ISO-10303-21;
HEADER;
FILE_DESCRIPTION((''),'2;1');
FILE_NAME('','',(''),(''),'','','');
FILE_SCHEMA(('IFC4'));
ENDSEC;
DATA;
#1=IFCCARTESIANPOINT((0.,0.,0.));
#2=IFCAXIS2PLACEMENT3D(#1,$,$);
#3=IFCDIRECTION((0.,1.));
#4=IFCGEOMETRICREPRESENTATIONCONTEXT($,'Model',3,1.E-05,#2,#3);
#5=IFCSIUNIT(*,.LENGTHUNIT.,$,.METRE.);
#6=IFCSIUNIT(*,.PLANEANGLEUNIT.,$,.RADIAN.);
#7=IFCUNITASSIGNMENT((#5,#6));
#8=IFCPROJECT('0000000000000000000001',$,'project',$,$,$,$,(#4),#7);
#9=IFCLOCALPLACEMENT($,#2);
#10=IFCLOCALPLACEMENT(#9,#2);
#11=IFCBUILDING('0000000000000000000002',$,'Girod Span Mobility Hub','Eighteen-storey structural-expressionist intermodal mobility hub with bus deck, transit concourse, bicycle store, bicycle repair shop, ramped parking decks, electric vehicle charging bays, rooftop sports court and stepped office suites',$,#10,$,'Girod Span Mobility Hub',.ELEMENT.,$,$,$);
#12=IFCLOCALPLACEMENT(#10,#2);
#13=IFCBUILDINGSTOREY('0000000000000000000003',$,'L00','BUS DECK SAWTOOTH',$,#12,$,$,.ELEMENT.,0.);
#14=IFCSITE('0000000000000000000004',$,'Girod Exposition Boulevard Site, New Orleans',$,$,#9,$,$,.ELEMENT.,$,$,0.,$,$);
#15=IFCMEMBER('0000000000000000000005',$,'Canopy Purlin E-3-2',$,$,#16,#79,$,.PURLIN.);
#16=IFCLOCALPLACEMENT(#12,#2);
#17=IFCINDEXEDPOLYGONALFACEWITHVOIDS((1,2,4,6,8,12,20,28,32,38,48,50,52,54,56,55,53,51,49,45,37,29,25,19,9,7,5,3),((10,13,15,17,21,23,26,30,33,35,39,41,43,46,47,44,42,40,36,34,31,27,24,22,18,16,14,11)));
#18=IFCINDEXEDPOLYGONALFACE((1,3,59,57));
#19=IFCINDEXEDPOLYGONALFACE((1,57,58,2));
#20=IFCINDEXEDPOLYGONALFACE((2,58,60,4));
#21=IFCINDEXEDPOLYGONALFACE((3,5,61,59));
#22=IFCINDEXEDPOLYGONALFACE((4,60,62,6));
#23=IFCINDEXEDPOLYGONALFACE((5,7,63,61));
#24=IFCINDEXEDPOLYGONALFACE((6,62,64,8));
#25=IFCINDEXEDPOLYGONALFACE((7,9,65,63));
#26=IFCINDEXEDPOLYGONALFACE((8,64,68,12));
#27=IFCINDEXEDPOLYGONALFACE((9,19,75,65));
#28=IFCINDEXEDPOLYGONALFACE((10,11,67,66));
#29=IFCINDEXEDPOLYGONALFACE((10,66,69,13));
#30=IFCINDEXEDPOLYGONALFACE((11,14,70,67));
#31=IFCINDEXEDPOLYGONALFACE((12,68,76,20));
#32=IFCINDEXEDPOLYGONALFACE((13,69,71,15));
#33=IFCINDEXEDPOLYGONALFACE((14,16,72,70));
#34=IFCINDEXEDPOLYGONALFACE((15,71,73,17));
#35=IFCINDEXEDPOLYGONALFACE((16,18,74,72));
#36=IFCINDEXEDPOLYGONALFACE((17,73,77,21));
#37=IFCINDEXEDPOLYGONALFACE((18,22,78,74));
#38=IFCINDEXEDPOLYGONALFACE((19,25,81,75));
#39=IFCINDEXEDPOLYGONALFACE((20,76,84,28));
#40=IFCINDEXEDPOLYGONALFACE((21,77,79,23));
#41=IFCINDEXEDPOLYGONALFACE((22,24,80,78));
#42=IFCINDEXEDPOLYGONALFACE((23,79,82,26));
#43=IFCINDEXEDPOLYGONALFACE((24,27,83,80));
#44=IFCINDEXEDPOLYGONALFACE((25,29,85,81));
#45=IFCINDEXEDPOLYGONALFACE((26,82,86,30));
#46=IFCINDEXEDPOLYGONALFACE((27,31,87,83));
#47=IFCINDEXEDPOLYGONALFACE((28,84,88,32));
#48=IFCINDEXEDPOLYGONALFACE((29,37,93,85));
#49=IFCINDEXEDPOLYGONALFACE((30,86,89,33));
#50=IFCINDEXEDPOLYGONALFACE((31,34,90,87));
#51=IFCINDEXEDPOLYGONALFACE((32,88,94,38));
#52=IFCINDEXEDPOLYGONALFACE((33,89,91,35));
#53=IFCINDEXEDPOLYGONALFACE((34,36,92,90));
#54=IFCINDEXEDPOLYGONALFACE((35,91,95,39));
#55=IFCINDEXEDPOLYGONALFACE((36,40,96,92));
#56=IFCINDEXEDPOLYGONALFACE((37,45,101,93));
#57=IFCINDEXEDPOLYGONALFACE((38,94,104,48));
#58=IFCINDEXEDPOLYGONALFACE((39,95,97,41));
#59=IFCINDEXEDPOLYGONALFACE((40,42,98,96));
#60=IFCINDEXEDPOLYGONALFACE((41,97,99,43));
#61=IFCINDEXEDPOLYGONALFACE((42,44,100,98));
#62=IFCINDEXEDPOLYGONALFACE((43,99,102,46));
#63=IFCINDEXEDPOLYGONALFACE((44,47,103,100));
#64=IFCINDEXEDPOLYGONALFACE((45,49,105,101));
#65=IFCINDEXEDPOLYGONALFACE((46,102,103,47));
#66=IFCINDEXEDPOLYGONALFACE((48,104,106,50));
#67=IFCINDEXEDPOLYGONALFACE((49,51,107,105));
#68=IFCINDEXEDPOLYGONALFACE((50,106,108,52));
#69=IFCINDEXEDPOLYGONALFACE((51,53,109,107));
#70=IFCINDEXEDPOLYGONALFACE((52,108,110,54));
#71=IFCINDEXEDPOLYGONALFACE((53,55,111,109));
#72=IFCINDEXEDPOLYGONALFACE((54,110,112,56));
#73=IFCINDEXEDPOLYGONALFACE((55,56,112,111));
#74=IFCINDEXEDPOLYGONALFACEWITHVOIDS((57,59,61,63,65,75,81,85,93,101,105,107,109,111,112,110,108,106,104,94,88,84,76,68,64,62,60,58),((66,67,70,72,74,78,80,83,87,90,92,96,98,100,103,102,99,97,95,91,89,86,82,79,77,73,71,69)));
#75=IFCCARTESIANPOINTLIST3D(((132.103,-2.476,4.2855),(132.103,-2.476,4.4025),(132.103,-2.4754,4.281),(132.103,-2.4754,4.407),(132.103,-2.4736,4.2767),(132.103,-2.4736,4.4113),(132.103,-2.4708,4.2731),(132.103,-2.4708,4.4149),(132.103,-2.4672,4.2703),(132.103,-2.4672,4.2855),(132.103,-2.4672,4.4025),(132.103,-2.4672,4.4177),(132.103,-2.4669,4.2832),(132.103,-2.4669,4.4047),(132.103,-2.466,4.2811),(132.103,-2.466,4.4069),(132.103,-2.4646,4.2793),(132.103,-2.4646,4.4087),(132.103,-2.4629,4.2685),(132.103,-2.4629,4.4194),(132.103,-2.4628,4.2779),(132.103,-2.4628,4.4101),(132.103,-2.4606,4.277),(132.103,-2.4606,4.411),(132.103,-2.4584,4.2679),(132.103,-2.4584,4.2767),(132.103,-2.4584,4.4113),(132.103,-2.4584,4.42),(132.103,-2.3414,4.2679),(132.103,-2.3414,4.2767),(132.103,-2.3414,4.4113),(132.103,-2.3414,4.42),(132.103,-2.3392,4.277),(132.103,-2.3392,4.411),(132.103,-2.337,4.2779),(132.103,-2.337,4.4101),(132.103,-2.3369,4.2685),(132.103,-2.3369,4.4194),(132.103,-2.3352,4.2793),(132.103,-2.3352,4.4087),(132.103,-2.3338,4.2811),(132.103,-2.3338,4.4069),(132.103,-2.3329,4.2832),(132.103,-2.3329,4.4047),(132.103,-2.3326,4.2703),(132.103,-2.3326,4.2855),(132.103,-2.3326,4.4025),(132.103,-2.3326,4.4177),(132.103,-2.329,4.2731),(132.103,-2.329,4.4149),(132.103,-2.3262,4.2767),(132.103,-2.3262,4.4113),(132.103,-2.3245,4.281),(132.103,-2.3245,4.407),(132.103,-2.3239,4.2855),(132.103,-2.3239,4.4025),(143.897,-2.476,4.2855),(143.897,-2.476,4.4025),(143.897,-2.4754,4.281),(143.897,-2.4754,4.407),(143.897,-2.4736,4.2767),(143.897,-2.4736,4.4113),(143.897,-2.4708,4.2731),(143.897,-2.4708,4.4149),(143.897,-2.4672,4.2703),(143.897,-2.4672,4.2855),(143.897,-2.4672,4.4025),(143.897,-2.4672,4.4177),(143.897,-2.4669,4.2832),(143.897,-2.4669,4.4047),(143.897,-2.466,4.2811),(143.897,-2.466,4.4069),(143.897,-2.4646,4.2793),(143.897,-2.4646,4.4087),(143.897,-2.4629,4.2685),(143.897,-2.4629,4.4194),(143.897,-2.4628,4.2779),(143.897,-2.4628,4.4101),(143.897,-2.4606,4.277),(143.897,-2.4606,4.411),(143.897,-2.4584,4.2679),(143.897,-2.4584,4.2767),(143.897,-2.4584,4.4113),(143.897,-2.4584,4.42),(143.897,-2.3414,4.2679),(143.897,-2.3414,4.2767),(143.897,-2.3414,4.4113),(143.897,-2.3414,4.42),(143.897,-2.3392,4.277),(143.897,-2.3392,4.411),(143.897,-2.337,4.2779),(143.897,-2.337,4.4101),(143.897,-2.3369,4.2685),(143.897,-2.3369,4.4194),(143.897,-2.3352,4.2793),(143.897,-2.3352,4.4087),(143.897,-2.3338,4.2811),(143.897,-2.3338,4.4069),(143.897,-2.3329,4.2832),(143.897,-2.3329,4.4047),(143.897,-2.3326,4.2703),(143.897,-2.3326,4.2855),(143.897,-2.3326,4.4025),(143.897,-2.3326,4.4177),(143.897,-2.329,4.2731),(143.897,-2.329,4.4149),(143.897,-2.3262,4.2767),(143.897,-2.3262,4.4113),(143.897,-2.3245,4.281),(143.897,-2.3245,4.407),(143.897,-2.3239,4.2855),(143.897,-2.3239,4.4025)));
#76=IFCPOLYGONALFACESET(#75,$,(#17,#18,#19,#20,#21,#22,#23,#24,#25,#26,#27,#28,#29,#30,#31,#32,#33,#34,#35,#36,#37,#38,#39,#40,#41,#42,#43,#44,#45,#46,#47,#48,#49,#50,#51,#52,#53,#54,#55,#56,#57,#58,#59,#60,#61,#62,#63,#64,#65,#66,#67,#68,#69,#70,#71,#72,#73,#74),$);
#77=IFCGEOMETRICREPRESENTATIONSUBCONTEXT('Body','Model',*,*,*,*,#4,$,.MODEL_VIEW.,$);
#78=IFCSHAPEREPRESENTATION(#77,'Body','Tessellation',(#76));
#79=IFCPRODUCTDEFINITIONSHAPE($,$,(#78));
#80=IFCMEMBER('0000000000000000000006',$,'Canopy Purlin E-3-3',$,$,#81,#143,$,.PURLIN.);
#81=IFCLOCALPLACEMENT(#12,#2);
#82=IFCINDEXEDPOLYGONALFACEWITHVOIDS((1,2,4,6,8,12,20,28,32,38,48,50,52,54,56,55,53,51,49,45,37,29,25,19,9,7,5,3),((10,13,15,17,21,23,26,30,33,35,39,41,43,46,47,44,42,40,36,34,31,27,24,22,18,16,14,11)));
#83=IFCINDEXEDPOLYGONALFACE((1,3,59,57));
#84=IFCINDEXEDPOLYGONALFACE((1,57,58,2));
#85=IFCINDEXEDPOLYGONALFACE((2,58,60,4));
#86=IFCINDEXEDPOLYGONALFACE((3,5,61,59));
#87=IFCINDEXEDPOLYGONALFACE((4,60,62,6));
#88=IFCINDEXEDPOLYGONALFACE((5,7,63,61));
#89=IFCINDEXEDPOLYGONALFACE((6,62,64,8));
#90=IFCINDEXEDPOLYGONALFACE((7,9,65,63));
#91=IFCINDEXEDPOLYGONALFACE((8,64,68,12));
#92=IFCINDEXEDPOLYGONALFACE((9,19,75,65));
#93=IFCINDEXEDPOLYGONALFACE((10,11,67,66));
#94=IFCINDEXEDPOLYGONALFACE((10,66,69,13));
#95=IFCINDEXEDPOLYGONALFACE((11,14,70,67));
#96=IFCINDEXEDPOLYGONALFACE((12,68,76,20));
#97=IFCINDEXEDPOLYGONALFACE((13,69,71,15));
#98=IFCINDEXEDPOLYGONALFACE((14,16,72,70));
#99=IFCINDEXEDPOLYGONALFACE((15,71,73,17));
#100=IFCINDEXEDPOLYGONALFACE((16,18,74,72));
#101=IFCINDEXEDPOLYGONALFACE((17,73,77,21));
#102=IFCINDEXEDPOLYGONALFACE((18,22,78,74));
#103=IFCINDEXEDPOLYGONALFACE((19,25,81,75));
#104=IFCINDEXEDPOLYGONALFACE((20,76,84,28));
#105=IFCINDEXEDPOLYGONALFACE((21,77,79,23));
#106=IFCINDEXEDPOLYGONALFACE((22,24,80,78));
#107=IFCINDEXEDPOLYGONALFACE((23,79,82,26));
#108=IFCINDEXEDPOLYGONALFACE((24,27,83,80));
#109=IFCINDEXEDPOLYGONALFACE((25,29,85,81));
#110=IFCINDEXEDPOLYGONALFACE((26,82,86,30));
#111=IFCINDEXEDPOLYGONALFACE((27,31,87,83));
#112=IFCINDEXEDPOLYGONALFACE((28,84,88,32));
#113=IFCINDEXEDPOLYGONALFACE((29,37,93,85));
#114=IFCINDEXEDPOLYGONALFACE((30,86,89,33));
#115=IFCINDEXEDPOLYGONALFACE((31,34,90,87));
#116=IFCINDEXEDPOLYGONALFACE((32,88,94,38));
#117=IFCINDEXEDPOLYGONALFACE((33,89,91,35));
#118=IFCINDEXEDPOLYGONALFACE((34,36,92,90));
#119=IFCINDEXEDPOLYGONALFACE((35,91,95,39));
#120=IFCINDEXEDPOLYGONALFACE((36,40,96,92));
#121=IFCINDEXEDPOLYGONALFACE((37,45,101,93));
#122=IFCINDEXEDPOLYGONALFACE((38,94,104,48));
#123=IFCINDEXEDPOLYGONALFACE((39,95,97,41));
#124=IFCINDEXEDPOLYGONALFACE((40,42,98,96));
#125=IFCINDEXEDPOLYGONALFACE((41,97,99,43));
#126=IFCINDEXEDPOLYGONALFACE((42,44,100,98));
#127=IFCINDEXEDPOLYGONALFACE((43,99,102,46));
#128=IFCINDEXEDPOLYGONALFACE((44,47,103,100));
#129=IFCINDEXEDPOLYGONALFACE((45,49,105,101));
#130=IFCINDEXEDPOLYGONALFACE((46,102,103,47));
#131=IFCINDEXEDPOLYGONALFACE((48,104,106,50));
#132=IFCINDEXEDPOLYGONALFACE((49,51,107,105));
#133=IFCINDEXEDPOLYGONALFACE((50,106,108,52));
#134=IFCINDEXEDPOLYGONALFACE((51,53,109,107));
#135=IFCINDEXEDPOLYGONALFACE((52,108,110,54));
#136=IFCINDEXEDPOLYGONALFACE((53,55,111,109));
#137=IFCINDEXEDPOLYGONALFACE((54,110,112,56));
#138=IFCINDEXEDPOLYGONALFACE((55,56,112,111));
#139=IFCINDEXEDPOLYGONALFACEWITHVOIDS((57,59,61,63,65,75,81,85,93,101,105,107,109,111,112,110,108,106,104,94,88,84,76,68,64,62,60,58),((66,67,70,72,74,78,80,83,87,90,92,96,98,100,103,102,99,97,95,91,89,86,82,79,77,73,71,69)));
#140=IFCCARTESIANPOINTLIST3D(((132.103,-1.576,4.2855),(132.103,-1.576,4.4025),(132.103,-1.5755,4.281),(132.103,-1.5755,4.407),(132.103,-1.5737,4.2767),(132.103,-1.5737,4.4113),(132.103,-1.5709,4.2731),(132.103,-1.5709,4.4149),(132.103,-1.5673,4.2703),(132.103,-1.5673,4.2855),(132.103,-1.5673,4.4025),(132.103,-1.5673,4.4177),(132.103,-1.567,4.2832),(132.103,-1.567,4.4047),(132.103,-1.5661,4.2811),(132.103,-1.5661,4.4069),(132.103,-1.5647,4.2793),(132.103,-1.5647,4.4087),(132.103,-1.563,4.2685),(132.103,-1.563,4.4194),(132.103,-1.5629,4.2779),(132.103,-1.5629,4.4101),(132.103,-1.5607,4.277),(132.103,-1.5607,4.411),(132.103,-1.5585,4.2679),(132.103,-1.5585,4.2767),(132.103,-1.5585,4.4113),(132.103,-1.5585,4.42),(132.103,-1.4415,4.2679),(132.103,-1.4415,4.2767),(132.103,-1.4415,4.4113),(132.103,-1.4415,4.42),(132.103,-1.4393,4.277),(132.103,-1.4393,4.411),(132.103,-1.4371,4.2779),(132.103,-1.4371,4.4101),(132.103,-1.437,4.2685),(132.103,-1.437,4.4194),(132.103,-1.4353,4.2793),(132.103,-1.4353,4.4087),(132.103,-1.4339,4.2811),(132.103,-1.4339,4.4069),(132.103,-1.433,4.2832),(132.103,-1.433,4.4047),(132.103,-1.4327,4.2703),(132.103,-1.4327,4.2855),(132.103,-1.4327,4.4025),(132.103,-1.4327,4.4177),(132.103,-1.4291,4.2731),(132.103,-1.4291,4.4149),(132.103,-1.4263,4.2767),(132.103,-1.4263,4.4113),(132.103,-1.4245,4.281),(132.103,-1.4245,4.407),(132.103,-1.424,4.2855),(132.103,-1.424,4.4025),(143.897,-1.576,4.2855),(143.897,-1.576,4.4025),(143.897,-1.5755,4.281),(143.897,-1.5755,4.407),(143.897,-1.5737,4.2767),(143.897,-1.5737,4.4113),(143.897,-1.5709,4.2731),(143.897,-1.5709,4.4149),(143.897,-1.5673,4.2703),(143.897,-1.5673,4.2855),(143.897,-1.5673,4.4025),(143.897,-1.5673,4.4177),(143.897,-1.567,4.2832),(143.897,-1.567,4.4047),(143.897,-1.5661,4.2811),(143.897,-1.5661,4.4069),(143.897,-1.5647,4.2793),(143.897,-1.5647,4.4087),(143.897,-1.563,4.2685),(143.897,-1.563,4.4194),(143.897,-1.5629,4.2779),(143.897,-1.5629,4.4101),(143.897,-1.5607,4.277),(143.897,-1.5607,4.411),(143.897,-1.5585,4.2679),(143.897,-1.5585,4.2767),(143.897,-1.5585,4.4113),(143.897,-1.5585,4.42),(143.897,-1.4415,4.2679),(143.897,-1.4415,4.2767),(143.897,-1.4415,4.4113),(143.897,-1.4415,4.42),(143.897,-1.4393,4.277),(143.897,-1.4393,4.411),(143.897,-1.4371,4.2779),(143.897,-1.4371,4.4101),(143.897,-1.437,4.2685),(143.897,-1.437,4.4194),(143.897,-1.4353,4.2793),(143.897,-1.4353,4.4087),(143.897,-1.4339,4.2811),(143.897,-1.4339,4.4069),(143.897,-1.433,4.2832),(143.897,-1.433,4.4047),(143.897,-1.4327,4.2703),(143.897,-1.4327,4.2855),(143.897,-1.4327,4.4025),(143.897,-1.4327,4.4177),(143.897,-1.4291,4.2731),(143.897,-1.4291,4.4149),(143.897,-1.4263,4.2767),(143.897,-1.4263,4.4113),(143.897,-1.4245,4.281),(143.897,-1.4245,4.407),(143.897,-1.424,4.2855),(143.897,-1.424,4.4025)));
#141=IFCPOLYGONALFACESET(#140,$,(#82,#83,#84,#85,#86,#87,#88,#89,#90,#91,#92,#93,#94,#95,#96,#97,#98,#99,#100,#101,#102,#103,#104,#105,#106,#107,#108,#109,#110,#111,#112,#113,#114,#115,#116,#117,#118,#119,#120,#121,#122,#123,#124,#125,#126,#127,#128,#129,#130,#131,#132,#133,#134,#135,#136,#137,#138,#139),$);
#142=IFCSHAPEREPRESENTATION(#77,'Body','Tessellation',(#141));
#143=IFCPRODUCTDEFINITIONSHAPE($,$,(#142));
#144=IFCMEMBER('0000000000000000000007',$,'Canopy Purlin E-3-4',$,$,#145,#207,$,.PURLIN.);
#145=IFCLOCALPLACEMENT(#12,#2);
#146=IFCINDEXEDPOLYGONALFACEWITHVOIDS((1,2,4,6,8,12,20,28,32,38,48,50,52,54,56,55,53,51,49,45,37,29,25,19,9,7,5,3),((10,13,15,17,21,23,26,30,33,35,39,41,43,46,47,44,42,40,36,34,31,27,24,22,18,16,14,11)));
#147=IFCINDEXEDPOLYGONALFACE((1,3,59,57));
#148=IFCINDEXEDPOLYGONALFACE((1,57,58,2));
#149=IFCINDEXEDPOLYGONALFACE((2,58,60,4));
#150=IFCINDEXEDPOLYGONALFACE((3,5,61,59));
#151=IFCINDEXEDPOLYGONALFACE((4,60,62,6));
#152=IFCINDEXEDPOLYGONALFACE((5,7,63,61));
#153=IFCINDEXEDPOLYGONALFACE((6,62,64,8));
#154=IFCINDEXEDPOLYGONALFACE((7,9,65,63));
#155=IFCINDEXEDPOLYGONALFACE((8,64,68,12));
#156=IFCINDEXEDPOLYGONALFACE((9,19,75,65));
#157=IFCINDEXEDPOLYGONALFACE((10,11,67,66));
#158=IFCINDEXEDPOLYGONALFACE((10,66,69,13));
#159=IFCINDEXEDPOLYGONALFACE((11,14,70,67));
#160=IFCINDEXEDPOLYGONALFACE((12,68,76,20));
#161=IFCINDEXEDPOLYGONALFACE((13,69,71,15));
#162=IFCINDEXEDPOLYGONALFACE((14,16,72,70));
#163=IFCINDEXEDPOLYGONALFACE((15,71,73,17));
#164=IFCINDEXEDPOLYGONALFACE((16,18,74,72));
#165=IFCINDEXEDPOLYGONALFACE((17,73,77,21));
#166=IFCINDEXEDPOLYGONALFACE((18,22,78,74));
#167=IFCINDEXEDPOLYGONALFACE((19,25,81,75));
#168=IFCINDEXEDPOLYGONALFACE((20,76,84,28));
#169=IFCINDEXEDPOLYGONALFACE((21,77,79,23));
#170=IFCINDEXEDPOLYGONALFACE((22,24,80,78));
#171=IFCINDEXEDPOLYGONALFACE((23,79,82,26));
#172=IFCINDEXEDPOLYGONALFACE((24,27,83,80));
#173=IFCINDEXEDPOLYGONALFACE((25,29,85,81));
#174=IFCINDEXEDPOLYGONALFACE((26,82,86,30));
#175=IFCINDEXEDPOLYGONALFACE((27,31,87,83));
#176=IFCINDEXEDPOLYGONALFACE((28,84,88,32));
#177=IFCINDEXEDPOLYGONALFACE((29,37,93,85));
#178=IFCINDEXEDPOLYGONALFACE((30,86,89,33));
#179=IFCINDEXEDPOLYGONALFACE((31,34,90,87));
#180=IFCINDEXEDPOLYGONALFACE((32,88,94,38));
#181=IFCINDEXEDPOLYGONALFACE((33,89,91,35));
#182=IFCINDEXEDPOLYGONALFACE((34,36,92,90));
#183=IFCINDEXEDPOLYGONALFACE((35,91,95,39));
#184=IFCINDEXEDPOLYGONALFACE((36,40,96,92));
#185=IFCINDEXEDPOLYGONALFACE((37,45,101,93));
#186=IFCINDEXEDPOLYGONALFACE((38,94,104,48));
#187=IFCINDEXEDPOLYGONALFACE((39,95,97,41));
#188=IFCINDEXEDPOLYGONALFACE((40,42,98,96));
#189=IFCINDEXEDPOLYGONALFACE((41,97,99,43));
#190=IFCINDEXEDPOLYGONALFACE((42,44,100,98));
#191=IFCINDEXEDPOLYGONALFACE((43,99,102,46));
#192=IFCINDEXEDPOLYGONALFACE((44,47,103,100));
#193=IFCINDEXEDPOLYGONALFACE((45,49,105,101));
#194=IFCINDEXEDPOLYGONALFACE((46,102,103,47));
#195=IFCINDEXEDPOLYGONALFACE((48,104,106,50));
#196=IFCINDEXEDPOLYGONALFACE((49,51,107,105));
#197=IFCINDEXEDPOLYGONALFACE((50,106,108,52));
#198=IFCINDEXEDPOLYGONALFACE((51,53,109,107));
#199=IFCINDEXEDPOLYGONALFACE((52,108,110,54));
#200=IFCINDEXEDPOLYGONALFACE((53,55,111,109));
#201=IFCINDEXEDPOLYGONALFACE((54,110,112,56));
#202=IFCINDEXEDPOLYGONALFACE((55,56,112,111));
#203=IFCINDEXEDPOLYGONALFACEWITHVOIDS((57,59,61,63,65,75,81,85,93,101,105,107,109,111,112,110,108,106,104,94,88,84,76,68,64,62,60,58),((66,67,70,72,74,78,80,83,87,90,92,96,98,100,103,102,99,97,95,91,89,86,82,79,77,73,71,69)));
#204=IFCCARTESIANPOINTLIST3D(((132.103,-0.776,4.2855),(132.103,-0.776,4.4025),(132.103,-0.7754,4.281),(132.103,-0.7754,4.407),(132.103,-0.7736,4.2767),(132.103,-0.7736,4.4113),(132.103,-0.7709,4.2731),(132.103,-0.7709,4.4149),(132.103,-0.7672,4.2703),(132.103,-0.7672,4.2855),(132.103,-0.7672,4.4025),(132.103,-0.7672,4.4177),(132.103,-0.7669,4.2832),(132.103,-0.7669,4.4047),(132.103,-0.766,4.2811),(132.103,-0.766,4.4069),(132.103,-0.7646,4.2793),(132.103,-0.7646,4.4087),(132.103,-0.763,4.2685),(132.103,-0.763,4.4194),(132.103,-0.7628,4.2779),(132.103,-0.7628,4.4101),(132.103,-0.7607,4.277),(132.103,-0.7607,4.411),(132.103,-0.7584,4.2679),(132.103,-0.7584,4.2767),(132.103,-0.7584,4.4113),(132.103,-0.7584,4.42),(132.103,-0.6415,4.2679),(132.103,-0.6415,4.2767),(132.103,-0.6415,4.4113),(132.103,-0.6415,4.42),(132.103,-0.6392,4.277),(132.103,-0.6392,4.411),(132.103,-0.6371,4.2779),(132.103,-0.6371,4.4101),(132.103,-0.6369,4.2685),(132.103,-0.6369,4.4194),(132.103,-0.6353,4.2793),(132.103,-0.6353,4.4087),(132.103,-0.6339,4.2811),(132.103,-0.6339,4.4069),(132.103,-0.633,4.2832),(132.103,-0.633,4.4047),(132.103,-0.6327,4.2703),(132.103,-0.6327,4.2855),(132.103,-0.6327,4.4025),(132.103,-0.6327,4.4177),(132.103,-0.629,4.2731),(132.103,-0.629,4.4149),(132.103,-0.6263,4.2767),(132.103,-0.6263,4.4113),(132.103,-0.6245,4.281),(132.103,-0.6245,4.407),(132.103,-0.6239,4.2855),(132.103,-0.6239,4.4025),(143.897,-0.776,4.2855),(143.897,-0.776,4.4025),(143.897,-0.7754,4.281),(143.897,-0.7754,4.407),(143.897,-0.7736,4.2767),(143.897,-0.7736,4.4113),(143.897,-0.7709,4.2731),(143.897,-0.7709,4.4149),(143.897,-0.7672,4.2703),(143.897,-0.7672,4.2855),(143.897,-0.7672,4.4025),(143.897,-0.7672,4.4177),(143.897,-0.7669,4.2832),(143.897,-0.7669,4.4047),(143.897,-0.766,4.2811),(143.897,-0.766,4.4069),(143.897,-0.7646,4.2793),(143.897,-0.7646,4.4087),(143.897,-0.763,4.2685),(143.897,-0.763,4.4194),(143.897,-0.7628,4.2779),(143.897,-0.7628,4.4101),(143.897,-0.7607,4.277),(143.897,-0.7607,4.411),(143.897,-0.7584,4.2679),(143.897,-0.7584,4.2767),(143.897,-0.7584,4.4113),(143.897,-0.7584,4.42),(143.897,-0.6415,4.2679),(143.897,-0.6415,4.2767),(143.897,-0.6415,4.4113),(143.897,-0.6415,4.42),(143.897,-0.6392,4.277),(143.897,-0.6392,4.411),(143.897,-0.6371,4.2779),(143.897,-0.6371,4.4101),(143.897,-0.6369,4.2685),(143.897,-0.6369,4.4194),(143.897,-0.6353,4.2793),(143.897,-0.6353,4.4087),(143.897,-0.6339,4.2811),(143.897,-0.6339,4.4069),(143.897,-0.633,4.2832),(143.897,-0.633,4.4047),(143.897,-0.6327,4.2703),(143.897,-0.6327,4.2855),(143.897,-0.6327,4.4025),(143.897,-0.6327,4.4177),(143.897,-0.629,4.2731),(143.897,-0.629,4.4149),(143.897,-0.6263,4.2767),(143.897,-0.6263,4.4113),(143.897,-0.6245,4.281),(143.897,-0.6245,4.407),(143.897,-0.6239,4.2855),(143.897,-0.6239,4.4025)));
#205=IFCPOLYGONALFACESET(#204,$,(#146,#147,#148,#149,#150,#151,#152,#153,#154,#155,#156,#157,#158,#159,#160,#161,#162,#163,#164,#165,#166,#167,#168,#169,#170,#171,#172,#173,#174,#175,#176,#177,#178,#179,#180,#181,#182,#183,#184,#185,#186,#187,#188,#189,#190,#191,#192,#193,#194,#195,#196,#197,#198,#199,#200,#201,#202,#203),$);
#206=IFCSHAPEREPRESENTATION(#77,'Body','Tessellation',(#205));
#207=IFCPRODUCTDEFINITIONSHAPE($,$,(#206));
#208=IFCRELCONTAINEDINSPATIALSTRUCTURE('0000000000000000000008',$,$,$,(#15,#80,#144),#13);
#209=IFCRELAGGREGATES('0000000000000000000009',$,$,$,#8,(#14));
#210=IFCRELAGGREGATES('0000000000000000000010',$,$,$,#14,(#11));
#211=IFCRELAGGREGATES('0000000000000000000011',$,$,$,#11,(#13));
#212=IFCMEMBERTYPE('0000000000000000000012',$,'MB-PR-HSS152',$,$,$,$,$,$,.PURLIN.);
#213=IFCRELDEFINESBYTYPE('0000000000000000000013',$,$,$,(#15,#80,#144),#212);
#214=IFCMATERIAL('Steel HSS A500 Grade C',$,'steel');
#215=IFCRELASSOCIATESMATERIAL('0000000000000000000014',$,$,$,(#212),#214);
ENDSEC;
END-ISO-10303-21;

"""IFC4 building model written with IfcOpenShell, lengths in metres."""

from ifc_helpers import new_model, si_unit, direction, frame, origin, origin_2d, place, context, subcontext, project, spatial, hollow_rectangle, extrude, material, material_profile, profile_set, type_object, element, save


model = new_model("IFC4")

# Units and contexts
model_context = context("Model", 3, precision=1e-05, world=origin(), true_north=direction((0.0, 1.0)))
body_context = subcontext(model_context, "Body", "Model", "MODEL_VIEW")
ifc_project = project(units=[si_unit("LENGTHUNIT", "METRE"), si_unit("PLANEANGLEUNIT", "RADIAN")], contexts=[model_context])

# Site, building, storey
site_placement = place(None, origin())
site = spatial("IfcSite", under=ifc_project, at=site_placement, Name="Girod Exposition Boulevard Site, New Orleans", CompositionType="ELEMENT", RefElevation=0.0)
building_placement = place(site_placement, origin())
building = spatial("IfcBuilding", under=site, at=building_placement, Name="Girod Span Mobility Hub", Description="Eighteen-storey structural-expressionist intermodal mobility hub with bus deck, transit concourse, bicycle store, bicycle repair shop, ramped parking decks, electric vehicle charging bays, rooftop sports court and stepped office suites", LongName="Girod Span Mobility Hub", CompositionType="ELEMENT")
storey_placement = place(building_placement, origin())
storey = spatial("IfcBuildingStorey", under=building, at=storey_placement, Name="L00", Description="BUS DECK SAWTOOTH", CompositionType="ELEMENT", Elevation=0.0)

# Members
ifc_material_1 = material(Name="Steel HSS A500 Grade C", Category="steel")
ifc_material_profile_1 = material_profile(ifc_material_1, hollow_rectangle(XDim=0.1521, YDim=0.1521, WallThickness=0.0088, InnerFilletRadius=0.0088, OuterFilletRadius=0.0176, at=origin_2d()), Name="HSS152X152X9.5")
ifc_profile_set_1 = profile_set([ifc_material_profile_1], Name="Steel HSS A500 Grade C")
member_type_1 = type_object("IfcMemberType", Name="MB-PR-HSS152", PredefinedType="PURLIN", material=ifc_profile_set_1)
for number, where, z_axis, x_axis, name in (
    (1, (132.103, -2.3999, 4.344), (1.0, 0.0, 0.0), (0.0, 1.0, 0.0), "Canopy Purlin E-3-2"),
    (2, (132.103, -1.5, 4.344), (1.0, 0.0, 0.0), (0.0, 1.0, 0.0), "Canopy Purlin E-3-3"),
    (3, (132.103, -0.7, 4.344), (1.0, 0.0, 0.0), (0.0, 1.0, 0.0), "Canopy Purlin E-3-4"),
):
    element("IfcMember", number, at=place(storey_placement, frame(where, z_axis=z_axis, x_axis=x_axis)), inside=storey, type_object=member_type_1, Name=name, PredefinedType="PURLIN", context=body_context, shape_type="SweptSolid", body=[
        extrude(hollow_rectangle(XDim=0.1521, YDim=0.1521, WallThickness=0.0088, InnerFilletRadius=0.0088, OuterFilletRadius=0.0176, at=origin_2d()), origin(), (0.0, 0.0, 1.0), 11.7939),
    ])

save(model, "model.ifc")
